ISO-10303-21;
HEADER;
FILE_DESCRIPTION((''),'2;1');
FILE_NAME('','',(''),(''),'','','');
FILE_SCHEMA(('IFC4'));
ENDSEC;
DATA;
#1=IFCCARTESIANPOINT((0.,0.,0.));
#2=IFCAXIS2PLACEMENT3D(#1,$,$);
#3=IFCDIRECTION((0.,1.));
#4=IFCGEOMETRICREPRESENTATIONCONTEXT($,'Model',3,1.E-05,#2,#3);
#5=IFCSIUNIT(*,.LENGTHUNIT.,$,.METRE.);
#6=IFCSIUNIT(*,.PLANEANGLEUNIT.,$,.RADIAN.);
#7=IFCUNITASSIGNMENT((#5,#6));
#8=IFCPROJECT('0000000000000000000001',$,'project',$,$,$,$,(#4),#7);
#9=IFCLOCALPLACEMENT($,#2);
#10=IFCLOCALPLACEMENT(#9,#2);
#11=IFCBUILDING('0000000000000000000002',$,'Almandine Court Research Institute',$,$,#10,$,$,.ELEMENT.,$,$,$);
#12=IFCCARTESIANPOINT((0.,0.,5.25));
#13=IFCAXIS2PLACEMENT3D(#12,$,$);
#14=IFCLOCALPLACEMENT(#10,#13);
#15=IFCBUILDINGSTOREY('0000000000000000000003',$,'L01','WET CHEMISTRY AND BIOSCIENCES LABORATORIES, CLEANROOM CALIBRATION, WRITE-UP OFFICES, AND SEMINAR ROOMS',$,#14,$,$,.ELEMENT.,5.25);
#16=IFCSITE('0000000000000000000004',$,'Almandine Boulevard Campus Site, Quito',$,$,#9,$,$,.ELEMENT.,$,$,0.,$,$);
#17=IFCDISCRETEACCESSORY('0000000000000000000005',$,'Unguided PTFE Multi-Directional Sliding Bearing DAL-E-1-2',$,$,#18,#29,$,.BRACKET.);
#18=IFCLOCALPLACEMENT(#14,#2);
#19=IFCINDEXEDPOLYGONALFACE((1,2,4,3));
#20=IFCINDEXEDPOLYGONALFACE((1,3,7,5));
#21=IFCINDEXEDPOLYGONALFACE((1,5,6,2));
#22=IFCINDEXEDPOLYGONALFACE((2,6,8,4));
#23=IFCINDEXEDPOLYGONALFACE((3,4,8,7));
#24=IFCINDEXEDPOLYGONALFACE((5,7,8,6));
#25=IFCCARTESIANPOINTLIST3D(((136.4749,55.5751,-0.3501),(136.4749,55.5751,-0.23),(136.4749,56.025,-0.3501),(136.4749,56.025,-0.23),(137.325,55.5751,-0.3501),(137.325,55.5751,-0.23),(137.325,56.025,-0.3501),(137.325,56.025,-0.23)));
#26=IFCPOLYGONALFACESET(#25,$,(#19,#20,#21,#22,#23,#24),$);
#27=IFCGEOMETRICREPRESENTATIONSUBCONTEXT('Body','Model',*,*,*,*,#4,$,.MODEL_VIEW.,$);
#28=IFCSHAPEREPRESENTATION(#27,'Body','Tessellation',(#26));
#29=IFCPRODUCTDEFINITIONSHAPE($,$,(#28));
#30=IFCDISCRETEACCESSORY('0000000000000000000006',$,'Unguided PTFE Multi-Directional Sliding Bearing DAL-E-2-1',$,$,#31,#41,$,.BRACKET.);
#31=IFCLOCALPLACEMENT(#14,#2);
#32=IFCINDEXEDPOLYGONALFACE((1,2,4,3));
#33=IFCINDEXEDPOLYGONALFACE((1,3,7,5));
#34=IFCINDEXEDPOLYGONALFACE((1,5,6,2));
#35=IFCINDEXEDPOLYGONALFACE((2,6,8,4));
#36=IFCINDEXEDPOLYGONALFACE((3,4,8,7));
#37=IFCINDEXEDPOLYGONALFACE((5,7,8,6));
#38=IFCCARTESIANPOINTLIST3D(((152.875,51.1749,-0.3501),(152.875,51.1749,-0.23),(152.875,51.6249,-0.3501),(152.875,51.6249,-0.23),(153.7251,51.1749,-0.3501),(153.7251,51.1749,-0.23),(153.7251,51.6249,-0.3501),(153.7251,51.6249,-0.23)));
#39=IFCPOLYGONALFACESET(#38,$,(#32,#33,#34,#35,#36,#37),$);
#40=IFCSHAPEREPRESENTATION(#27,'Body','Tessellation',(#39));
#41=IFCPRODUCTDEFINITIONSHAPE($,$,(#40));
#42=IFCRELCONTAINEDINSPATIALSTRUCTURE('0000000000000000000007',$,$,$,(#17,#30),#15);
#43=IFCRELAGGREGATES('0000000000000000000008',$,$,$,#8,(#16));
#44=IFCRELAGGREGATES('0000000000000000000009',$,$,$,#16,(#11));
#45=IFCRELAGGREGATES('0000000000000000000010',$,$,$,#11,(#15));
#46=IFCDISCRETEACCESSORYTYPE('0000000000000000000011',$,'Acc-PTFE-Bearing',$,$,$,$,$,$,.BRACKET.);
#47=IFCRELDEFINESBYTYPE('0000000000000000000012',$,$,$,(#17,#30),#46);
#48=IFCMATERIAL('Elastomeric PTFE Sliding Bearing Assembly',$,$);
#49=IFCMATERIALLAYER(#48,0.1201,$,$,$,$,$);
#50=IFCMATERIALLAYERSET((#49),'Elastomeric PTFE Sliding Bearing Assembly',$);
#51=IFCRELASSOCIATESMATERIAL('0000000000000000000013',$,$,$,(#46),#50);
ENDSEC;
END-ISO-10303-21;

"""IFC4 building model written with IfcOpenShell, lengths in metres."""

from ifc_helpers import new_model, si_unit, direction, frame, origin, origin_2d, place, context, subcontext, project, spatial, rectangle, extrude, material, layer, layer_set, type_object, element, save


model = new_model("IFC4")

# Units and contexts
model_context = context("Model", 3, precision=1e-05, world=origin(), true_north=direction((0.0, 1.0)))
body_context = subcontext(model_context, "Body", "Model", "MODEL_VIEW")
ifc_project = project(units=[si_unit("LENGTHUNIT", "METRE"), si_unit("PLANEANGLEUNIT", "RADIAN")], contexts=[model_context])

# Site, building, storey
site_placement = place(None, origin())
site = spatial("IfcSite", under=ifc_project, at=site_placement, Name="Almandine Boulevard Campus Site, Quito", CompositionType="ELEMENT", RefElevation=0.0)
building_placement = place(site_placement, origin())
building = spatial("IfcBuilding", under=site, at=building_placement, Name="Almandine Court Research Institute", CompositionType="ELEMENT")
storey_placement = place(building_placement, frame((0.0, 0.0, 5.25)))
storey = spatial("IfcBuildingStorey", under=building, at=storey_placement, Name="L01", Description="WET CHEMISTRY AND BIOSCIENCES LABORATORIES, CLEANROOM CALIBRATION, WRITE-UP OFFICES, AND SEMINAR ROOMS", CompositionType="ELEMENT", Elevation=5.25)

# Discrete accessories
ifc_material_1 = material(Name="Elastomeric PTFE Sliding Bearing Assembly")
ifc_layer_1 = layer(ifc_material_1, 0.1201)
ifc_layer_set_1 = layer_set([ifc_layer_1], Name="Elastomeric PTFE Sliding Bearing Assembly")
discrete_accessory_type_1 = type_object("IfcDiscreteAccessoryType", Name="Acc-PTFE-Bearing", PredefinedType="BRACKET", material=ifc_layer_set_1)
for number, where, z_axis, x_axis, name in (
    (1, (136.8999, 55.8, -0.3501), (0.0, 0.0, 1.0), (1.0, 0.0, 0.0), "Unguided PTFE Multi-Directional Sliding Bearing DAL-E-1-2"),
    (2, (153.3, 51.3999, -0.3501), (0.0, 0.0, 1.0), (1.0, 0.0, 0.0), "Unguided PTFE Multi-Directional Sliding Bearing DAL-E-2-1"),
):
    element("IfcDiscreteAccessory", number, at=place(storey_placement, frame(where, z_axis=z_axis, x_axis=x_axis)), inside=storey, type_object=discrete_accessory_type_1, Name=name, PredefinedType="BRACKET", context=body_context, shape_type="SweptSolid", body=[
        extrude(rectangle(XDim=0.8501, YDim=0.45, at=origin_2d()), origin(), (0.0, 0.0, 1.0), 0.1201),
    ])

save(model, "model.ifc")
